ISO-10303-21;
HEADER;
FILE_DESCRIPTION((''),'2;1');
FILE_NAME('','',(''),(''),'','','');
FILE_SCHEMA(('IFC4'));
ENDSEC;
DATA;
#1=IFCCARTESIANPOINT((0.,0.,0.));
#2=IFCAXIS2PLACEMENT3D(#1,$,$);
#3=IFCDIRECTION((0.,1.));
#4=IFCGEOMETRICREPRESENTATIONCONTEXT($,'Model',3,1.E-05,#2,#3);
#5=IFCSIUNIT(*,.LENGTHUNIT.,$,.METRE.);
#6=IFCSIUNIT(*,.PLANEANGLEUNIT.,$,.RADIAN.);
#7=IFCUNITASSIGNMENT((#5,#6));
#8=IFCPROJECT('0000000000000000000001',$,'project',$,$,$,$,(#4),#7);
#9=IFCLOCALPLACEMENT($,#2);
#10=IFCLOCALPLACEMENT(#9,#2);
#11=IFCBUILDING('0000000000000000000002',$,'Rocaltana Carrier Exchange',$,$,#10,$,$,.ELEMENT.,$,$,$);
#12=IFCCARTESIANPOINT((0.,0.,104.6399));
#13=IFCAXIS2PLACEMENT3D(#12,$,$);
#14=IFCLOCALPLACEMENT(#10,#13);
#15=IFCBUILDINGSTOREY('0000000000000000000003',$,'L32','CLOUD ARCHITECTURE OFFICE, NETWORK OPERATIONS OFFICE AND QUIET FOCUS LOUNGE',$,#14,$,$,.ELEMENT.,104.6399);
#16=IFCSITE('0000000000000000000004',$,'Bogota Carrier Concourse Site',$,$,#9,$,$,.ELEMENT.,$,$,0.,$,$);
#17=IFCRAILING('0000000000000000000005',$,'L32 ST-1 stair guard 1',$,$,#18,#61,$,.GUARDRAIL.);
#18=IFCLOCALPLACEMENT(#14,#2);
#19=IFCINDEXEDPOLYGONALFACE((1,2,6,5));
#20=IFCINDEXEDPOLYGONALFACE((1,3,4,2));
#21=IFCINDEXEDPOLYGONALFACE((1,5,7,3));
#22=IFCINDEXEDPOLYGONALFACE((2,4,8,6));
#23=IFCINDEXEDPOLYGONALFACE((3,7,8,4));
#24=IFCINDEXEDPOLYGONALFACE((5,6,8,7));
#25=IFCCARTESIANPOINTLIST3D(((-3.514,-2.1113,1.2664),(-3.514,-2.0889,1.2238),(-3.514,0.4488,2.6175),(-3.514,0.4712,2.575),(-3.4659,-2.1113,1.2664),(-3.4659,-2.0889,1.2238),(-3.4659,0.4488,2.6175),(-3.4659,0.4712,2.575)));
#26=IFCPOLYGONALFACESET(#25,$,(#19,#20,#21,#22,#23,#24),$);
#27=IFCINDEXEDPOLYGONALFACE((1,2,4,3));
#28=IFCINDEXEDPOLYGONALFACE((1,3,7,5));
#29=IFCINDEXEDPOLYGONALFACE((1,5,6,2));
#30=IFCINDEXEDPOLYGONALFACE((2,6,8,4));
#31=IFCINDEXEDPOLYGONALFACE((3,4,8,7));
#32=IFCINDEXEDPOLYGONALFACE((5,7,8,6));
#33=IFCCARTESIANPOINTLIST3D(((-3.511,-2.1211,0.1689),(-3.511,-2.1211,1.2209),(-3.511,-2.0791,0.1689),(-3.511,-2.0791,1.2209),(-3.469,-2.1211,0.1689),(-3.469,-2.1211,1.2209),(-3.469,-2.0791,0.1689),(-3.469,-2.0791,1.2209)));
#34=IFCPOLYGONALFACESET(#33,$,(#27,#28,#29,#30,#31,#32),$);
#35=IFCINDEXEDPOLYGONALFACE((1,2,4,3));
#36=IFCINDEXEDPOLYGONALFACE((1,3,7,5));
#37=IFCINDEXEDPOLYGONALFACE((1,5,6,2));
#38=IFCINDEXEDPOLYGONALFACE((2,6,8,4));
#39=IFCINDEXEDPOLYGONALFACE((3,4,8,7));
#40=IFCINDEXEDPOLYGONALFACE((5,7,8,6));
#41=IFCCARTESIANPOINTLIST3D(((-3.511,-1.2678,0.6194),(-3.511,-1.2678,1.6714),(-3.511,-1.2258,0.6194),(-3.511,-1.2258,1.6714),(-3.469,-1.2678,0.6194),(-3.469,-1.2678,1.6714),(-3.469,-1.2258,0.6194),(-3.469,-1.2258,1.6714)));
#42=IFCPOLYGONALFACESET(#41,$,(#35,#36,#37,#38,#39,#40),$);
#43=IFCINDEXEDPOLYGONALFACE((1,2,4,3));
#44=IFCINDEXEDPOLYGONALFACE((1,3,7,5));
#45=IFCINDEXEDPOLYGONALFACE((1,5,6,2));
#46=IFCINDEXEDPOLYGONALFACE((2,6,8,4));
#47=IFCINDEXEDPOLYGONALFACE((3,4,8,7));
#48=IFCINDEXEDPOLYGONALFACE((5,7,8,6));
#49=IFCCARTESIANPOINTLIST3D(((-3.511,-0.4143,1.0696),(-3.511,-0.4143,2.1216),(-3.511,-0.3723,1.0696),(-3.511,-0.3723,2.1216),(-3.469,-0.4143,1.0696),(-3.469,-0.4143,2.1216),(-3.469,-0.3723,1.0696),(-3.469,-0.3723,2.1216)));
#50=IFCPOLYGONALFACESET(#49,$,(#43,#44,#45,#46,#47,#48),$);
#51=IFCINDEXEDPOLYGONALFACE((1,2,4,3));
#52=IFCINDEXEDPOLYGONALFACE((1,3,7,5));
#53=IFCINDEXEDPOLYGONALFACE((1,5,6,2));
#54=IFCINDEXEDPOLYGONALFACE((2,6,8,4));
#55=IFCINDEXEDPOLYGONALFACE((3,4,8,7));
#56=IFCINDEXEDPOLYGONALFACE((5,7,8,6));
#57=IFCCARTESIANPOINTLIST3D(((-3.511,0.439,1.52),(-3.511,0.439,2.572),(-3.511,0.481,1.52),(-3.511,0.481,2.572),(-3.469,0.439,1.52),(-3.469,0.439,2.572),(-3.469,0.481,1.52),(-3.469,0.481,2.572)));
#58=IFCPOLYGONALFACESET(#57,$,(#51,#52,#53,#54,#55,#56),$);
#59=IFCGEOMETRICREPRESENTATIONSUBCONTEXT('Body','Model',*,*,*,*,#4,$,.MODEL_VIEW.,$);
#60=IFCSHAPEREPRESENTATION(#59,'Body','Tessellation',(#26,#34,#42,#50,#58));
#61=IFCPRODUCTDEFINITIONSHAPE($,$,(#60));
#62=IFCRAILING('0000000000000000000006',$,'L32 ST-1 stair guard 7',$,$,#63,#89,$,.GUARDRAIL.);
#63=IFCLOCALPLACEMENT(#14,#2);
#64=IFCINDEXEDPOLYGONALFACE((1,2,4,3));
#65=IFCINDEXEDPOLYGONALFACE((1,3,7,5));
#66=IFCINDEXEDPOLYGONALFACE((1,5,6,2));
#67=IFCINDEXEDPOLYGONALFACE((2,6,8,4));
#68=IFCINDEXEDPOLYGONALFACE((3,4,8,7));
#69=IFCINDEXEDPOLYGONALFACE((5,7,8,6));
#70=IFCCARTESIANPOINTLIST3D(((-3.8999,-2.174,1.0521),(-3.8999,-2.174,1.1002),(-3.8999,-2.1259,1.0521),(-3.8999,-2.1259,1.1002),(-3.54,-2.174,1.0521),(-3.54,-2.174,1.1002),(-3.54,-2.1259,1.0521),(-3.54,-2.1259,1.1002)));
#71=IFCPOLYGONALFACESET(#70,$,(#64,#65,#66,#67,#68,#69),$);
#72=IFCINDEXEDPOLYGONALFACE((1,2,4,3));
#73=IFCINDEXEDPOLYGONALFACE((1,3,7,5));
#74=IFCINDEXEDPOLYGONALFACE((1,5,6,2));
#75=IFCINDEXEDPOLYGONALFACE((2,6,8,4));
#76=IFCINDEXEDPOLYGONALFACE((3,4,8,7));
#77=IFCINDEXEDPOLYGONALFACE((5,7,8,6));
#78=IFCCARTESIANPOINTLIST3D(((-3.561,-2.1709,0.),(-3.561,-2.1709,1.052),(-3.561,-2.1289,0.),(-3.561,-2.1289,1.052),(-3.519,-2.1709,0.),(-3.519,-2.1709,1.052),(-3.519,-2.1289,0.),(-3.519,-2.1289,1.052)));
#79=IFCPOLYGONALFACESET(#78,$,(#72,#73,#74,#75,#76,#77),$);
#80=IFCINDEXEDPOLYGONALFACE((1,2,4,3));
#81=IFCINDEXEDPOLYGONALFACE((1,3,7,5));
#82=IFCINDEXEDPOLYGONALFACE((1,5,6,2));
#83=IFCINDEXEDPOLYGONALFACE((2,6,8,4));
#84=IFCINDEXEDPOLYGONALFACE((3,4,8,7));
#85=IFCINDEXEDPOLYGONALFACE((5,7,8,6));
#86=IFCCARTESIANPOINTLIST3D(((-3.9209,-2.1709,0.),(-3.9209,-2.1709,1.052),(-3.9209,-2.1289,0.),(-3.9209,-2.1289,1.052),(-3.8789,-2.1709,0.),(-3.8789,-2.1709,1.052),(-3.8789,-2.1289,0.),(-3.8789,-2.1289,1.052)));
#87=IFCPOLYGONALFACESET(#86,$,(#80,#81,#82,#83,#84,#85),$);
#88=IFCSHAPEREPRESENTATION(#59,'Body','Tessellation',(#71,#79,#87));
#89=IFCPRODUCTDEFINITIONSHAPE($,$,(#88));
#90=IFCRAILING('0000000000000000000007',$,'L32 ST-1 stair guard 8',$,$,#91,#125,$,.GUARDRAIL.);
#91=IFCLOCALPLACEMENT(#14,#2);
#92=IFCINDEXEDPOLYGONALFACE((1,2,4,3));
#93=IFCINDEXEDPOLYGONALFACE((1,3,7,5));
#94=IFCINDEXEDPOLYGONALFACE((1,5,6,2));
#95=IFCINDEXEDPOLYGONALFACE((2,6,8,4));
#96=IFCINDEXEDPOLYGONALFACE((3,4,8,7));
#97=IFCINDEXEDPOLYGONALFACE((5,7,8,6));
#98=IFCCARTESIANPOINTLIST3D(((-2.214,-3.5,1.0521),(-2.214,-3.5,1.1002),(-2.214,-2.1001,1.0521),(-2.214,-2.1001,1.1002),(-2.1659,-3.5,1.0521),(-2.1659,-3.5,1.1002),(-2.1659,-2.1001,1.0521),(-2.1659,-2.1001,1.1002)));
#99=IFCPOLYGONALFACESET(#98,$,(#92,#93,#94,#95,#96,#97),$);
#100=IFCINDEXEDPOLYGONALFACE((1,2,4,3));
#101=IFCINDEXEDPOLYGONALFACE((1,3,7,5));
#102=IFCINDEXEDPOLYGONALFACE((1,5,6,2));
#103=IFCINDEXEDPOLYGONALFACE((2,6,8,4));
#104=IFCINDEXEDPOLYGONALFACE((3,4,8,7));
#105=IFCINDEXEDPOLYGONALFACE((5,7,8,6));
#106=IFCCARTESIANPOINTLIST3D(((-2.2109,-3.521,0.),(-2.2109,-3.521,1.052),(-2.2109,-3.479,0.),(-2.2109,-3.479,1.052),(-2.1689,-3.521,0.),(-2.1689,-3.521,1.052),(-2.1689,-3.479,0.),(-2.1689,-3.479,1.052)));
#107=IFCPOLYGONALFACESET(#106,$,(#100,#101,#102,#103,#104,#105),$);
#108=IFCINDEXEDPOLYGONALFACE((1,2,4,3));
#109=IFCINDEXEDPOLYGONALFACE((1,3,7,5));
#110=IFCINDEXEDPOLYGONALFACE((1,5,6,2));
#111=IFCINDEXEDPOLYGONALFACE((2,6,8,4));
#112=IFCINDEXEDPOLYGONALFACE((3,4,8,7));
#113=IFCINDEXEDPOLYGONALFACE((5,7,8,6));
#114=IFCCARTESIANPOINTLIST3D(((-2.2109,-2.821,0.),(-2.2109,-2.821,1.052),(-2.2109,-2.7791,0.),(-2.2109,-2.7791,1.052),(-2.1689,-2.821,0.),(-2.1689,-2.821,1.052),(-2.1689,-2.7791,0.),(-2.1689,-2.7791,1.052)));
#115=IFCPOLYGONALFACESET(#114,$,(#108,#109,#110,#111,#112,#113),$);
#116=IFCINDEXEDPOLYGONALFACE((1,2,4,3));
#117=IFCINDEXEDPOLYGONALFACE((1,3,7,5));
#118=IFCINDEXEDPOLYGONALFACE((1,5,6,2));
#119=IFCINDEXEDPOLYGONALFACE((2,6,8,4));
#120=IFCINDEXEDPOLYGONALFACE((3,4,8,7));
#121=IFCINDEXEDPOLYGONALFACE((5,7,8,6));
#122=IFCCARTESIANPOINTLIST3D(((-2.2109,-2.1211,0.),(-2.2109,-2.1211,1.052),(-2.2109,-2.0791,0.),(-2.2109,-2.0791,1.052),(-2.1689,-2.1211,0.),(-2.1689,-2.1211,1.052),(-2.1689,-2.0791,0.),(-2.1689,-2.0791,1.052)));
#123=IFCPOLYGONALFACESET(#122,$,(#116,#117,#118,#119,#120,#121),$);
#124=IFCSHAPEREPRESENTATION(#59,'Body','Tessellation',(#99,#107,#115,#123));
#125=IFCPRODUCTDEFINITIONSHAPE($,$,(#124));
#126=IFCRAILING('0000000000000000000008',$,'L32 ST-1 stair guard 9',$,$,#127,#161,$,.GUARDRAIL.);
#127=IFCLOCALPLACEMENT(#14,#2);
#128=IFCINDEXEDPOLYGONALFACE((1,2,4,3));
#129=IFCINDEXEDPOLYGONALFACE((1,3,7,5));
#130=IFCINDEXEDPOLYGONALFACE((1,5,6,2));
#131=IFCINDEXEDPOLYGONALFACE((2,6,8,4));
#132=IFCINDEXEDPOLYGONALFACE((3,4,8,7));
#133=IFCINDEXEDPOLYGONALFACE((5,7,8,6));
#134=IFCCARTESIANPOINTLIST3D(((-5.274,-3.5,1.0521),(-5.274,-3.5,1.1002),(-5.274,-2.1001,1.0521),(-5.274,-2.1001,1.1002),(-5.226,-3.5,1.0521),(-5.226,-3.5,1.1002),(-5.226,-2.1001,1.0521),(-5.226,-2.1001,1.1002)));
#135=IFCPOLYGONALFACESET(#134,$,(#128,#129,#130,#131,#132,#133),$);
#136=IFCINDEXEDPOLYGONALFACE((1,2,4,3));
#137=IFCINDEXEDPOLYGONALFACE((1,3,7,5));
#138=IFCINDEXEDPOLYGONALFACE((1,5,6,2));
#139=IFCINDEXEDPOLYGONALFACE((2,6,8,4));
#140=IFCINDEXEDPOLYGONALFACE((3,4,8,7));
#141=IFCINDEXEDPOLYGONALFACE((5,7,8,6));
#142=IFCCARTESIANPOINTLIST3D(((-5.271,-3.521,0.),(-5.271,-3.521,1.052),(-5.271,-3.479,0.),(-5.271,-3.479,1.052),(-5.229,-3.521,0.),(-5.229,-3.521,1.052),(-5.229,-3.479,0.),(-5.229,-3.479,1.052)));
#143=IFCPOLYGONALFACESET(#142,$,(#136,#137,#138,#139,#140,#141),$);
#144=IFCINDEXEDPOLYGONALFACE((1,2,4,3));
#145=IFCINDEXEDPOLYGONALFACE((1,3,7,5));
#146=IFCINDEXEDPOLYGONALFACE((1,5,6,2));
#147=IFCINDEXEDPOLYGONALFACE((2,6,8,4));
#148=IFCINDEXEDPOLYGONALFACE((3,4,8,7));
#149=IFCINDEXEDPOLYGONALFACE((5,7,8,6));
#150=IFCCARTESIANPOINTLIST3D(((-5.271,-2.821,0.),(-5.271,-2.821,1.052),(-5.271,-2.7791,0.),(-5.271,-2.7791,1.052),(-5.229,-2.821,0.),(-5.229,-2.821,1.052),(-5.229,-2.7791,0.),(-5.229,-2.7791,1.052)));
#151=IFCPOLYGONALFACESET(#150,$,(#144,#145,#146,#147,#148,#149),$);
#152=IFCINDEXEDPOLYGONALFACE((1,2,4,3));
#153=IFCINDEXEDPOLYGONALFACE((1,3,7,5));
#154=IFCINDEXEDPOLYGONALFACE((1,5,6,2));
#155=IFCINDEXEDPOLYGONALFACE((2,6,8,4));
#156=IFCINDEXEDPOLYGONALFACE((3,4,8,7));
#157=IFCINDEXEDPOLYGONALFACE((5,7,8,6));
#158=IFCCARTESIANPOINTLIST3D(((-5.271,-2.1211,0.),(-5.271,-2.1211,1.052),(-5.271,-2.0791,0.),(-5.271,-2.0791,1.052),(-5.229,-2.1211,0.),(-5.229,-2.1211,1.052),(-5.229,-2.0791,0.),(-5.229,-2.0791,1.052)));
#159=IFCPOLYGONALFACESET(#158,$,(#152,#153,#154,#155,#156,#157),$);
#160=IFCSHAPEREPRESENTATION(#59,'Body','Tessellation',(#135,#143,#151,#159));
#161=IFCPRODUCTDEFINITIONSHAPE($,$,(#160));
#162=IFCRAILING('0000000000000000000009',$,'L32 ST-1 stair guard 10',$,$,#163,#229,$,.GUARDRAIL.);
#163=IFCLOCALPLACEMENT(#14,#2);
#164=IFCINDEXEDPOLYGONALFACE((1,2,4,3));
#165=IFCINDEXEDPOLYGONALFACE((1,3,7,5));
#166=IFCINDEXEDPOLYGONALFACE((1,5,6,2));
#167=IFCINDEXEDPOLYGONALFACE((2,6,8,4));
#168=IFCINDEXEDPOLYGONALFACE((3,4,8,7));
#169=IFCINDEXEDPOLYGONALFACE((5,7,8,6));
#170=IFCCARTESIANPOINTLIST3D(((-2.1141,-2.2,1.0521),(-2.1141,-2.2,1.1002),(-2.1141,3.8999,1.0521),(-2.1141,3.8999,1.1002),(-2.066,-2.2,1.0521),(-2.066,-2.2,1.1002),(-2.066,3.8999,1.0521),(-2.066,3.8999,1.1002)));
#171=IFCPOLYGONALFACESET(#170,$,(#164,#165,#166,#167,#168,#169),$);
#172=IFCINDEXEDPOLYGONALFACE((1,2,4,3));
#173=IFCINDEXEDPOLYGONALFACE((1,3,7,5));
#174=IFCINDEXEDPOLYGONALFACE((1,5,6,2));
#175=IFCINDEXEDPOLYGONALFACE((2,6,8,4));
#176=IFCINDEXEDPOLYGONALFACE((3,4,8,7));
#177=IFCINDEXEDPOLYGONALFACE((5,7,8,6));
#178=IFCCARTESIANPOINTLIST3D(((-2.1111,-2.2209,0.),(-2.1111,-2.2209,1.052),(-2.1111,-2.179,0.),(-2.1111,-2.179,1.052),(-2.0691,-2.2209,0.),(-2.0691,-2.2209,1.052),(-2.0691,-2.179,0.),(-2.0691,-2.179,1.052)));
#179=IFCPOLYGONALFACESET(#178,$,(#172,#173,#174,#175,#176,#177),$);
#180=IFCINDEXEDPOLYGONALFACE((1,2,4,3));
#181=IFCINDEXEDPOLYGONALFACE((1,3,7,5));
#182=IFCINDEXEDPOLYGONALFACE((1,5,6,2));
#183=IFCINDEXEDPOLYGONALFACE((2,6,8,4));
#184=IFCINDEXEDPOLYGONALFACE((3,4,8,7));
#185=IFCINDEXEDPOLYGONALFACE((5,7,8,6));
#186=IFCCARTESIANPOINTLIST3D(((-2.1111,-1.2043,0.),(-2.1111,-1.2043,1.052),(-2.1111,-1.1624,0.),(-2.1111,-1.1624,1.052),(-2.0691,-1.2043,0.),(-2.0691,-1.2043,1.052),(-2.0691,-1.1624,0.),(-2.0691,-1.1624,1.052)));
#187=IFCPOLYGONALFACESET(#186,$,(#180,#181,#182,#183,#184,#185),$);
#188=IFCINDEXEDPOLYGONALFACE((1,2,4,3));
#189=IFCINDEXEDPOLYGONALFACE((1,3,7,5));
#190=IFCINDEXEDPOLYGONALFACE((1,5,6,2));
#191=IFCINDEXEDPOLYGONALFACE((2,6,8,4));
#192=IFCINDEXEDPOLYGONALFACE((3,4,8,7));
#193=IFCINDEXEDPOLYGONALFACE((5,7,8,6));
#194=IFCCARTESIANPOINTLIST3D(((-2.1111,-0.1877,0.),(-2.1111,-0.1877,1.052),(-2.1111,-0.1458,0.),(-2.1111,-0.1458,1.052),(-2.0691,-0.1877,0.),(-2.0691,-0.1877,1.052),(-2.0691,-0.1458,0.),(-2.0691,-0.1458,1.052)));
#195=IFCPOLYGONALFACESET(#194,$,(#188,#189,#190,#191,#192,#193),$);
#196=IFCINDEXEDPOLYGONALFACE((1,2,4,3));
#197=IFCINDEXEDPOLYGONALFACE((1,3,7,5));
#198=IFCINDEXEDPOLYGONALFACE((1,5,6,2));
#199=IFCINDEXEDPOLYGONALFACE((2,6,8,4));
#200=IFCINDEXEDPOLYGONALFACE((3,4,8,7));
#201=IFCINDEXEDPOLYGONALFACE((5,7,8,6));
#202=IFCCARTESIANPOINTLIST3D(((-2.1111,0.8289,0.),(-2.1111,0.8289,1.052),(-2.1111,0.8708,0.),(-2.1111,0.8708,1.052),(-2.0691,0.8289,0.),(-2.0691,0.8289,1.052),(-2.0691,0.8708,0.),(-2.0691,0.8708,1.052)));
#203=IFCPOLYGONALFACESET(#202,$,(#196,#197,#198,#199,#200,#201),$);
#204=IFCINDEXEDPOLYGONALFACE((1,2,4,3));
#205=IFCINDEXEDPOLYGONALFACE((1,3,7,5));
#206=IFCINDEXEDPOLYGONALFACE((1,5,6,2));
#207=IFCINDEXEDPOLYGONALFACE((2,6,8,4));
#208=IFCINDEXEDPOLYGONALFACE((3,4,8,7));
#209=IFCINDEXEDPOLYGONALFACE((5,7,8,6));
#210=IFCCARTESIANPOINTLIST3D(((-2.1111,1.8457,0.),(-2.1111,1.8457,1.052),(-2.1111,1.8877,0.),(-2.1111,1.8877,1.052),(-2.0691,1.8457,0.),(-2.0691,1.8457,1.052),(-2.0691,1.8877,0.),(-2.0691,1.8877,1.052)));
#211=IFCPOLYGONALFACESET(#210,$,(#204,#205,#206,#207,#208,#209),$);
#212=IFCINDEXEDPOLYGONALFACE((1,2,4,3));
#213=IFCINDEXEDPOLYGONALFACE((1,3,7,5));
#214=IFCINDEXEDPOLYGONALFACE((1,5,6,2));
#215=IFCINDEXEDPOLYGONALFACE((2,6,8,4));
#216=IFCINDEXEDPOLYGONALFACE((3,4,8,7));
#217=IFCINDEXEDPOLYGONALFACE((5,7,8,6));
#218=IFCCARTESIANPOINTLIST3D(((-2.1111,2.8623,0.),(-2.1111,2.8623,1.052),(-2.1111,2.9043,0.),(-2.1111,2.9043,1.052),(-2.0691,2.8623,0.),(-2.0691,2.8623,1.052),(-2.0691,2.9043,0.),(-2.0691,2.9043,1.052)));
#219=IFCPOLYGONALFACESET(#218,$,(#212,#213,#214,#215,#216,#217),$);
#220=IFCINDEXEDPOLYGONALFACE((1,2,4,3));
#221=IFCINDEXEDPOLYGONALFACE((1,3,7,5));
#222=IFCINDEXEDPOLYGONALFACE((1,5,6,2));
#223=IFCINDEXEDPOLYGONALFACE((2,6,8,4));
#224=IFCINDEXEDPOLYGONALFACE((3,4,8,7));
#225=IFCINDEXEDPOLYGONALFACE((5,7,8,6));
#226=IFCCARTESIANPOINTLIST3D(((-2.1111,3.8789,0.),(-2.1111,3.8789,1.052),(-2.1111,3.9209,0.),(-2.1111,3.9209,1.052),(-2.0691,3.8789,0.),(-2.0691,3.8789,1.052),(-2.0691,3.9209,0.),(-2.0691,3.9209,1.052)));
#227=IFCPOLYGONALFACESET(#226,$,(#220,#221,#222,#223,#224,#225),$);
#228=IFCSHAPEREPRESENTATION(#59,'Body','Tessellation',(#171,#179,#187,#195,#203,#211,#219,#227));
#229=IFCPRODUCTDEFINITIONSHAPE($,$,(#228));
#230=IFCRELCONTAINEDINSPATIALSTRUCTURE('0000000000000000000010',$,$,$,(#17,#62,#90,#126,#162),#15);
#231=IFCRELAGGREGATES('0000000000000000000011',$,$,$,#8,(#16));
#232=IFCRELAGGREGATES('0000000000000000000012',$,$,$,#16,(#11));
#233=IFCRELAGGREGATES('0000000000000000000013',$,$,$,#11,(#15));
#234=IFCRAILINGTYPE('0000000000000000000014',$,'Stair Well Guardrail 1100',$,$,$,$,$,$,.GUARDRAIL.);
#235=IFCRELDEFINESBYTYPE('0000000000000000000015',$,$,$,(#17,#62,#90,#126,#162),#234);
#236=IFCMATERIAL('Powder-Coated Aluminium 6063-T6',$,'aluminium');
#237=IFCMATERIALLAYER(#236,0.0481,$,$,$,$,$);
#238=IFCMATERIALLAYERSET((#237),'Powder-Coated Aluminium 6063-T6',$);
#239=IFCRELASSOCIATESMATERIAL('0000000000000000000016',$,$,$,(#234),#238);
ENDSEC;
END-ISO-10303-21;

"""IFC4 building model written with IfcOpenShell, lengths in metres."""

from ifc_helpers import new_model, si_unit, direction, frame, origin, origin_2d, place, context, subcontext, project, spatial, rectangle, extrude, material, layer, layer_set, type_object, element, save


model = new_model("IFC4")

# Units and contexts
model_context = context("Model", 3, precision=1e-05, world=origin(), true_north=direction((0.0, 1.0)))
body_context = subcontext(model_context, "Body", "Model", "MODEL_VIEW")
ifc_project = project(units=[si_unit("LENGTHUNIT", "METRE"), si_unit("PLANEANGLEUNIT", "RADIAN")], contexts=[model_context])

# Site, building, storey
site_placement = place(None, origin())
site = spatial("IfcSite", under=ifc_project, at=site_placement, Name="Bogota Carrier Concourse Site", CompositionType="ELEMENT", RefElevation=0.0)
building_placement = place(site_placement, origin())
building = spatial("IfcBuilding", under=site, at=building_placement, Name="Rocaltana Carrier Exchange", CompositionType="ELEMENT")
storey_placement = place(building_placement, frame((0.0, 0.0, 104.6399)))
storey = spatial("IfcBuildingStorey", under=building, at=storey_placement, Name="L32", Description="CLOUD ARCHITECTURE OFFICE, NETWORK OPERATIONS OFFICE AND QUIET FOCUS LOUNGE", CompositionType="ELEMENT", Elevation=104.6399)

# Railings
ifc_material_1 = material(Name="Powder-Coated Aluminium 6063-T6", Category="aluminium")
ifc_layer_1 = layer(ifc_material_1, 0.0481)
ifc_layer_set_1 = layer_set([ifc_layer_1], Name="Powder-Coated Aluminium 6063-T6")
railing_type_1 = type_object("IfcRailingType", Name="Stair Well Guardrail 1100", PredefinedType="GUARDRAIL", material=ifc_layer_set_1)
railing_1_placement = place(storey_placement, frame((-3.49, -2.1001, 0.1689)))
element("IfcRailing", 1, at=railing_1_placement, inside=storey, type_object=railing_type_1, Name="L32 ST-1 stair guard 1", PredefinedType="GUARDRAIL", context=body_context, shape_type="SweptSolid", body=[
    extrude(rectangle(XDim=0.0481, YDim=0.0481, at=origin_2d()), frame((0.0, 0.0, 1.0762), z_axis=(0.0, 0.884394, 0.46674), x_axis=(-1.0, 0.0, 0.0)), (0.0, 0.0, 1.0), 2.8948),
    extrude(rectangle(XDim=0.042, YDim=0.042, at=origin_2d()), origin(), (0.0, 0.0, 1.0), 1.052),
    extrude(rectangle(XDim=0.042, YDim=0.042, at=origin_2d()), frame((0.0, 0.8533, 0.4504)), (0.0, 0.0, 1.0), 1.052),
    extrude(rectangle(XDim=0.042, YDim=0.042, at=origin_2d()), frame((0.0, 1.7068, 0.9006)), (0.0, 0.0, 1.0), 1.052),
    extrude(rectangle(XDim=0.042, YDim=0.042, at=origin_2d()), frame((0.0, 2.5601, 1.3511)), (0.0, 0.0, 1.0), 1.052),
])
railing_2_placement = place(storey_placement, frame((-3.54, -2.1499, 0.0)))
element("IfcRailing", 2, at=railing_2_placement, inside=storey, type_object=railing_type_1, Name="L32 ST-1 stair guard 7", PredefinedType="GUARDRAIL", context=body_context, shape_type="SweptSolid", body=[
    extrude(rectangle(XDim=0.0481, YDim=0.0481, at=origin_2d()), frame((0.0, 0.0, 1.0762), z_axis=(-1.0, 0.0, 0.0), x_axis=(0.0, -1.0, 0.0)), (0.0, 0.0, 1.0), 0.3599),
    extrude(rectangle(XDim=0.042, YDim=0.042, at=origin_2d()), origin(), (0.0, 0.0, 1.0), 1.052),
    extrude(rectangle(XDim=0.042, YDim=0.042, at=origin_2d()), frame((-0.3599, 0.0, 0.0)), (0.0, 0.0, 1.0), 1.052),
])
for number, where, name in (
    (3, (-2.1899, -3.5, 0.0), "L32 ST-1 stair guard 8"),
    (4, (-5.25, -3.5, 0.0), "L32 ST-1 stair guard 9"),
):
    element("IfcRailing", number, at=place(storey_placement, frame(where)), inside=storey, type_object=railing_type_1, Name=name, PredefinedType="GUARDRAIL", context=body_context, shape_type="SweptSolid", body=[
        extrude(rectangle(XDim=0.0481, YDim=0.0481, at=origin_2d()), frame((0.0, 0.0, 1.0762), z_axis=(0.0, 1.0, 0.0), x_axis=(-1.0, 0.0, 0.0)), (0.0, 0.0, 1.0), 1.3999),
        extrude(rectangle(XDim=0.042, YDim=0.042, at=origin_2d()), origin(), (0.0, 0.0, 1.0), 1.052),
        extrude(rectangle(XDim=0.042, YDim=0.042, at=origin_2d()), frame((0.0, 0.7, 0.0)), (0.0, 0.0, 1.0), 1.052),
        extrude(rectangle(XDim=0.042, YDim=0.042, at=origin_2d()), frame((0.0, 1.3999, 0.0)), (0.0, 0.0, 1.0), 1.052),
    ])
for number, where, name in (
    (5, (-2.0901, -2.2, 0.0), "L32 ST-1 stair guard 10"),
):
    element("IfcRailing", number, at=place(storey_placement, frame(where)), inside=storey, type_object=railing_type_1, Name=name, PredefinedType="GUARDRAIL", context=body_context, shape_type="SweptSolid", body=[
        extrude(rectangle(XDim=0.0481, YDim=0.0481, at=origin_2d()), frame((0.0, 0.0, 1.0762), z_axis=(0.0, 1.0, 0.0), x_axis=(-1.0, 0.0, 0.0)), (0.0, 0.0, 1.0), 6.0999),
        extrude(rectangle(XDim=0.042, YDim=0.042, at=origin_2d()), origin(), (0.0, 0.0, 1.0), 1.052),
        extrude(rectangle(XDim=0.042, YDim=0.042, at=origin_2d()), frame((0.0, 1.0166, 0.0)), (0.0, 0.0, 1.0), 1.052),
        extrude(rectangle(XDim=0.042, YDim=0.042, at=origin_2d()), frame((0.0, 2.0332, 0.0)), (0.0, 0.0, 1.0), 1.052),
        extrude(rectangle(XDim=0.042, YDim=0.042, at=origin_2d()), frame((0.0, 3.0498, 0.0)), (0.0, 0.0, 1.0), 1.052),
        extrude(rectangle(XDim=0.042, YDim=0.042, at=origin_2d()), frame((0.0, 4.0667, 0.0)), (0.0, 0.0, 1.0), 1.052),
        extrude(rectangle(XDim=0.042, YDim=0.042, at=origin_2d()), frame((0.0, 5.0833, 0.0)), (0.0, 0.0, 1.0), 1.052),
        extrude(rectangle(XDim=0.042, YDim=0.042, at=origin_2d()), frame((0.0, 6.0999, 0.0)), (0.0, 0.0, 1.0), 1.052),
    ])

save(model, "model.ifc")
